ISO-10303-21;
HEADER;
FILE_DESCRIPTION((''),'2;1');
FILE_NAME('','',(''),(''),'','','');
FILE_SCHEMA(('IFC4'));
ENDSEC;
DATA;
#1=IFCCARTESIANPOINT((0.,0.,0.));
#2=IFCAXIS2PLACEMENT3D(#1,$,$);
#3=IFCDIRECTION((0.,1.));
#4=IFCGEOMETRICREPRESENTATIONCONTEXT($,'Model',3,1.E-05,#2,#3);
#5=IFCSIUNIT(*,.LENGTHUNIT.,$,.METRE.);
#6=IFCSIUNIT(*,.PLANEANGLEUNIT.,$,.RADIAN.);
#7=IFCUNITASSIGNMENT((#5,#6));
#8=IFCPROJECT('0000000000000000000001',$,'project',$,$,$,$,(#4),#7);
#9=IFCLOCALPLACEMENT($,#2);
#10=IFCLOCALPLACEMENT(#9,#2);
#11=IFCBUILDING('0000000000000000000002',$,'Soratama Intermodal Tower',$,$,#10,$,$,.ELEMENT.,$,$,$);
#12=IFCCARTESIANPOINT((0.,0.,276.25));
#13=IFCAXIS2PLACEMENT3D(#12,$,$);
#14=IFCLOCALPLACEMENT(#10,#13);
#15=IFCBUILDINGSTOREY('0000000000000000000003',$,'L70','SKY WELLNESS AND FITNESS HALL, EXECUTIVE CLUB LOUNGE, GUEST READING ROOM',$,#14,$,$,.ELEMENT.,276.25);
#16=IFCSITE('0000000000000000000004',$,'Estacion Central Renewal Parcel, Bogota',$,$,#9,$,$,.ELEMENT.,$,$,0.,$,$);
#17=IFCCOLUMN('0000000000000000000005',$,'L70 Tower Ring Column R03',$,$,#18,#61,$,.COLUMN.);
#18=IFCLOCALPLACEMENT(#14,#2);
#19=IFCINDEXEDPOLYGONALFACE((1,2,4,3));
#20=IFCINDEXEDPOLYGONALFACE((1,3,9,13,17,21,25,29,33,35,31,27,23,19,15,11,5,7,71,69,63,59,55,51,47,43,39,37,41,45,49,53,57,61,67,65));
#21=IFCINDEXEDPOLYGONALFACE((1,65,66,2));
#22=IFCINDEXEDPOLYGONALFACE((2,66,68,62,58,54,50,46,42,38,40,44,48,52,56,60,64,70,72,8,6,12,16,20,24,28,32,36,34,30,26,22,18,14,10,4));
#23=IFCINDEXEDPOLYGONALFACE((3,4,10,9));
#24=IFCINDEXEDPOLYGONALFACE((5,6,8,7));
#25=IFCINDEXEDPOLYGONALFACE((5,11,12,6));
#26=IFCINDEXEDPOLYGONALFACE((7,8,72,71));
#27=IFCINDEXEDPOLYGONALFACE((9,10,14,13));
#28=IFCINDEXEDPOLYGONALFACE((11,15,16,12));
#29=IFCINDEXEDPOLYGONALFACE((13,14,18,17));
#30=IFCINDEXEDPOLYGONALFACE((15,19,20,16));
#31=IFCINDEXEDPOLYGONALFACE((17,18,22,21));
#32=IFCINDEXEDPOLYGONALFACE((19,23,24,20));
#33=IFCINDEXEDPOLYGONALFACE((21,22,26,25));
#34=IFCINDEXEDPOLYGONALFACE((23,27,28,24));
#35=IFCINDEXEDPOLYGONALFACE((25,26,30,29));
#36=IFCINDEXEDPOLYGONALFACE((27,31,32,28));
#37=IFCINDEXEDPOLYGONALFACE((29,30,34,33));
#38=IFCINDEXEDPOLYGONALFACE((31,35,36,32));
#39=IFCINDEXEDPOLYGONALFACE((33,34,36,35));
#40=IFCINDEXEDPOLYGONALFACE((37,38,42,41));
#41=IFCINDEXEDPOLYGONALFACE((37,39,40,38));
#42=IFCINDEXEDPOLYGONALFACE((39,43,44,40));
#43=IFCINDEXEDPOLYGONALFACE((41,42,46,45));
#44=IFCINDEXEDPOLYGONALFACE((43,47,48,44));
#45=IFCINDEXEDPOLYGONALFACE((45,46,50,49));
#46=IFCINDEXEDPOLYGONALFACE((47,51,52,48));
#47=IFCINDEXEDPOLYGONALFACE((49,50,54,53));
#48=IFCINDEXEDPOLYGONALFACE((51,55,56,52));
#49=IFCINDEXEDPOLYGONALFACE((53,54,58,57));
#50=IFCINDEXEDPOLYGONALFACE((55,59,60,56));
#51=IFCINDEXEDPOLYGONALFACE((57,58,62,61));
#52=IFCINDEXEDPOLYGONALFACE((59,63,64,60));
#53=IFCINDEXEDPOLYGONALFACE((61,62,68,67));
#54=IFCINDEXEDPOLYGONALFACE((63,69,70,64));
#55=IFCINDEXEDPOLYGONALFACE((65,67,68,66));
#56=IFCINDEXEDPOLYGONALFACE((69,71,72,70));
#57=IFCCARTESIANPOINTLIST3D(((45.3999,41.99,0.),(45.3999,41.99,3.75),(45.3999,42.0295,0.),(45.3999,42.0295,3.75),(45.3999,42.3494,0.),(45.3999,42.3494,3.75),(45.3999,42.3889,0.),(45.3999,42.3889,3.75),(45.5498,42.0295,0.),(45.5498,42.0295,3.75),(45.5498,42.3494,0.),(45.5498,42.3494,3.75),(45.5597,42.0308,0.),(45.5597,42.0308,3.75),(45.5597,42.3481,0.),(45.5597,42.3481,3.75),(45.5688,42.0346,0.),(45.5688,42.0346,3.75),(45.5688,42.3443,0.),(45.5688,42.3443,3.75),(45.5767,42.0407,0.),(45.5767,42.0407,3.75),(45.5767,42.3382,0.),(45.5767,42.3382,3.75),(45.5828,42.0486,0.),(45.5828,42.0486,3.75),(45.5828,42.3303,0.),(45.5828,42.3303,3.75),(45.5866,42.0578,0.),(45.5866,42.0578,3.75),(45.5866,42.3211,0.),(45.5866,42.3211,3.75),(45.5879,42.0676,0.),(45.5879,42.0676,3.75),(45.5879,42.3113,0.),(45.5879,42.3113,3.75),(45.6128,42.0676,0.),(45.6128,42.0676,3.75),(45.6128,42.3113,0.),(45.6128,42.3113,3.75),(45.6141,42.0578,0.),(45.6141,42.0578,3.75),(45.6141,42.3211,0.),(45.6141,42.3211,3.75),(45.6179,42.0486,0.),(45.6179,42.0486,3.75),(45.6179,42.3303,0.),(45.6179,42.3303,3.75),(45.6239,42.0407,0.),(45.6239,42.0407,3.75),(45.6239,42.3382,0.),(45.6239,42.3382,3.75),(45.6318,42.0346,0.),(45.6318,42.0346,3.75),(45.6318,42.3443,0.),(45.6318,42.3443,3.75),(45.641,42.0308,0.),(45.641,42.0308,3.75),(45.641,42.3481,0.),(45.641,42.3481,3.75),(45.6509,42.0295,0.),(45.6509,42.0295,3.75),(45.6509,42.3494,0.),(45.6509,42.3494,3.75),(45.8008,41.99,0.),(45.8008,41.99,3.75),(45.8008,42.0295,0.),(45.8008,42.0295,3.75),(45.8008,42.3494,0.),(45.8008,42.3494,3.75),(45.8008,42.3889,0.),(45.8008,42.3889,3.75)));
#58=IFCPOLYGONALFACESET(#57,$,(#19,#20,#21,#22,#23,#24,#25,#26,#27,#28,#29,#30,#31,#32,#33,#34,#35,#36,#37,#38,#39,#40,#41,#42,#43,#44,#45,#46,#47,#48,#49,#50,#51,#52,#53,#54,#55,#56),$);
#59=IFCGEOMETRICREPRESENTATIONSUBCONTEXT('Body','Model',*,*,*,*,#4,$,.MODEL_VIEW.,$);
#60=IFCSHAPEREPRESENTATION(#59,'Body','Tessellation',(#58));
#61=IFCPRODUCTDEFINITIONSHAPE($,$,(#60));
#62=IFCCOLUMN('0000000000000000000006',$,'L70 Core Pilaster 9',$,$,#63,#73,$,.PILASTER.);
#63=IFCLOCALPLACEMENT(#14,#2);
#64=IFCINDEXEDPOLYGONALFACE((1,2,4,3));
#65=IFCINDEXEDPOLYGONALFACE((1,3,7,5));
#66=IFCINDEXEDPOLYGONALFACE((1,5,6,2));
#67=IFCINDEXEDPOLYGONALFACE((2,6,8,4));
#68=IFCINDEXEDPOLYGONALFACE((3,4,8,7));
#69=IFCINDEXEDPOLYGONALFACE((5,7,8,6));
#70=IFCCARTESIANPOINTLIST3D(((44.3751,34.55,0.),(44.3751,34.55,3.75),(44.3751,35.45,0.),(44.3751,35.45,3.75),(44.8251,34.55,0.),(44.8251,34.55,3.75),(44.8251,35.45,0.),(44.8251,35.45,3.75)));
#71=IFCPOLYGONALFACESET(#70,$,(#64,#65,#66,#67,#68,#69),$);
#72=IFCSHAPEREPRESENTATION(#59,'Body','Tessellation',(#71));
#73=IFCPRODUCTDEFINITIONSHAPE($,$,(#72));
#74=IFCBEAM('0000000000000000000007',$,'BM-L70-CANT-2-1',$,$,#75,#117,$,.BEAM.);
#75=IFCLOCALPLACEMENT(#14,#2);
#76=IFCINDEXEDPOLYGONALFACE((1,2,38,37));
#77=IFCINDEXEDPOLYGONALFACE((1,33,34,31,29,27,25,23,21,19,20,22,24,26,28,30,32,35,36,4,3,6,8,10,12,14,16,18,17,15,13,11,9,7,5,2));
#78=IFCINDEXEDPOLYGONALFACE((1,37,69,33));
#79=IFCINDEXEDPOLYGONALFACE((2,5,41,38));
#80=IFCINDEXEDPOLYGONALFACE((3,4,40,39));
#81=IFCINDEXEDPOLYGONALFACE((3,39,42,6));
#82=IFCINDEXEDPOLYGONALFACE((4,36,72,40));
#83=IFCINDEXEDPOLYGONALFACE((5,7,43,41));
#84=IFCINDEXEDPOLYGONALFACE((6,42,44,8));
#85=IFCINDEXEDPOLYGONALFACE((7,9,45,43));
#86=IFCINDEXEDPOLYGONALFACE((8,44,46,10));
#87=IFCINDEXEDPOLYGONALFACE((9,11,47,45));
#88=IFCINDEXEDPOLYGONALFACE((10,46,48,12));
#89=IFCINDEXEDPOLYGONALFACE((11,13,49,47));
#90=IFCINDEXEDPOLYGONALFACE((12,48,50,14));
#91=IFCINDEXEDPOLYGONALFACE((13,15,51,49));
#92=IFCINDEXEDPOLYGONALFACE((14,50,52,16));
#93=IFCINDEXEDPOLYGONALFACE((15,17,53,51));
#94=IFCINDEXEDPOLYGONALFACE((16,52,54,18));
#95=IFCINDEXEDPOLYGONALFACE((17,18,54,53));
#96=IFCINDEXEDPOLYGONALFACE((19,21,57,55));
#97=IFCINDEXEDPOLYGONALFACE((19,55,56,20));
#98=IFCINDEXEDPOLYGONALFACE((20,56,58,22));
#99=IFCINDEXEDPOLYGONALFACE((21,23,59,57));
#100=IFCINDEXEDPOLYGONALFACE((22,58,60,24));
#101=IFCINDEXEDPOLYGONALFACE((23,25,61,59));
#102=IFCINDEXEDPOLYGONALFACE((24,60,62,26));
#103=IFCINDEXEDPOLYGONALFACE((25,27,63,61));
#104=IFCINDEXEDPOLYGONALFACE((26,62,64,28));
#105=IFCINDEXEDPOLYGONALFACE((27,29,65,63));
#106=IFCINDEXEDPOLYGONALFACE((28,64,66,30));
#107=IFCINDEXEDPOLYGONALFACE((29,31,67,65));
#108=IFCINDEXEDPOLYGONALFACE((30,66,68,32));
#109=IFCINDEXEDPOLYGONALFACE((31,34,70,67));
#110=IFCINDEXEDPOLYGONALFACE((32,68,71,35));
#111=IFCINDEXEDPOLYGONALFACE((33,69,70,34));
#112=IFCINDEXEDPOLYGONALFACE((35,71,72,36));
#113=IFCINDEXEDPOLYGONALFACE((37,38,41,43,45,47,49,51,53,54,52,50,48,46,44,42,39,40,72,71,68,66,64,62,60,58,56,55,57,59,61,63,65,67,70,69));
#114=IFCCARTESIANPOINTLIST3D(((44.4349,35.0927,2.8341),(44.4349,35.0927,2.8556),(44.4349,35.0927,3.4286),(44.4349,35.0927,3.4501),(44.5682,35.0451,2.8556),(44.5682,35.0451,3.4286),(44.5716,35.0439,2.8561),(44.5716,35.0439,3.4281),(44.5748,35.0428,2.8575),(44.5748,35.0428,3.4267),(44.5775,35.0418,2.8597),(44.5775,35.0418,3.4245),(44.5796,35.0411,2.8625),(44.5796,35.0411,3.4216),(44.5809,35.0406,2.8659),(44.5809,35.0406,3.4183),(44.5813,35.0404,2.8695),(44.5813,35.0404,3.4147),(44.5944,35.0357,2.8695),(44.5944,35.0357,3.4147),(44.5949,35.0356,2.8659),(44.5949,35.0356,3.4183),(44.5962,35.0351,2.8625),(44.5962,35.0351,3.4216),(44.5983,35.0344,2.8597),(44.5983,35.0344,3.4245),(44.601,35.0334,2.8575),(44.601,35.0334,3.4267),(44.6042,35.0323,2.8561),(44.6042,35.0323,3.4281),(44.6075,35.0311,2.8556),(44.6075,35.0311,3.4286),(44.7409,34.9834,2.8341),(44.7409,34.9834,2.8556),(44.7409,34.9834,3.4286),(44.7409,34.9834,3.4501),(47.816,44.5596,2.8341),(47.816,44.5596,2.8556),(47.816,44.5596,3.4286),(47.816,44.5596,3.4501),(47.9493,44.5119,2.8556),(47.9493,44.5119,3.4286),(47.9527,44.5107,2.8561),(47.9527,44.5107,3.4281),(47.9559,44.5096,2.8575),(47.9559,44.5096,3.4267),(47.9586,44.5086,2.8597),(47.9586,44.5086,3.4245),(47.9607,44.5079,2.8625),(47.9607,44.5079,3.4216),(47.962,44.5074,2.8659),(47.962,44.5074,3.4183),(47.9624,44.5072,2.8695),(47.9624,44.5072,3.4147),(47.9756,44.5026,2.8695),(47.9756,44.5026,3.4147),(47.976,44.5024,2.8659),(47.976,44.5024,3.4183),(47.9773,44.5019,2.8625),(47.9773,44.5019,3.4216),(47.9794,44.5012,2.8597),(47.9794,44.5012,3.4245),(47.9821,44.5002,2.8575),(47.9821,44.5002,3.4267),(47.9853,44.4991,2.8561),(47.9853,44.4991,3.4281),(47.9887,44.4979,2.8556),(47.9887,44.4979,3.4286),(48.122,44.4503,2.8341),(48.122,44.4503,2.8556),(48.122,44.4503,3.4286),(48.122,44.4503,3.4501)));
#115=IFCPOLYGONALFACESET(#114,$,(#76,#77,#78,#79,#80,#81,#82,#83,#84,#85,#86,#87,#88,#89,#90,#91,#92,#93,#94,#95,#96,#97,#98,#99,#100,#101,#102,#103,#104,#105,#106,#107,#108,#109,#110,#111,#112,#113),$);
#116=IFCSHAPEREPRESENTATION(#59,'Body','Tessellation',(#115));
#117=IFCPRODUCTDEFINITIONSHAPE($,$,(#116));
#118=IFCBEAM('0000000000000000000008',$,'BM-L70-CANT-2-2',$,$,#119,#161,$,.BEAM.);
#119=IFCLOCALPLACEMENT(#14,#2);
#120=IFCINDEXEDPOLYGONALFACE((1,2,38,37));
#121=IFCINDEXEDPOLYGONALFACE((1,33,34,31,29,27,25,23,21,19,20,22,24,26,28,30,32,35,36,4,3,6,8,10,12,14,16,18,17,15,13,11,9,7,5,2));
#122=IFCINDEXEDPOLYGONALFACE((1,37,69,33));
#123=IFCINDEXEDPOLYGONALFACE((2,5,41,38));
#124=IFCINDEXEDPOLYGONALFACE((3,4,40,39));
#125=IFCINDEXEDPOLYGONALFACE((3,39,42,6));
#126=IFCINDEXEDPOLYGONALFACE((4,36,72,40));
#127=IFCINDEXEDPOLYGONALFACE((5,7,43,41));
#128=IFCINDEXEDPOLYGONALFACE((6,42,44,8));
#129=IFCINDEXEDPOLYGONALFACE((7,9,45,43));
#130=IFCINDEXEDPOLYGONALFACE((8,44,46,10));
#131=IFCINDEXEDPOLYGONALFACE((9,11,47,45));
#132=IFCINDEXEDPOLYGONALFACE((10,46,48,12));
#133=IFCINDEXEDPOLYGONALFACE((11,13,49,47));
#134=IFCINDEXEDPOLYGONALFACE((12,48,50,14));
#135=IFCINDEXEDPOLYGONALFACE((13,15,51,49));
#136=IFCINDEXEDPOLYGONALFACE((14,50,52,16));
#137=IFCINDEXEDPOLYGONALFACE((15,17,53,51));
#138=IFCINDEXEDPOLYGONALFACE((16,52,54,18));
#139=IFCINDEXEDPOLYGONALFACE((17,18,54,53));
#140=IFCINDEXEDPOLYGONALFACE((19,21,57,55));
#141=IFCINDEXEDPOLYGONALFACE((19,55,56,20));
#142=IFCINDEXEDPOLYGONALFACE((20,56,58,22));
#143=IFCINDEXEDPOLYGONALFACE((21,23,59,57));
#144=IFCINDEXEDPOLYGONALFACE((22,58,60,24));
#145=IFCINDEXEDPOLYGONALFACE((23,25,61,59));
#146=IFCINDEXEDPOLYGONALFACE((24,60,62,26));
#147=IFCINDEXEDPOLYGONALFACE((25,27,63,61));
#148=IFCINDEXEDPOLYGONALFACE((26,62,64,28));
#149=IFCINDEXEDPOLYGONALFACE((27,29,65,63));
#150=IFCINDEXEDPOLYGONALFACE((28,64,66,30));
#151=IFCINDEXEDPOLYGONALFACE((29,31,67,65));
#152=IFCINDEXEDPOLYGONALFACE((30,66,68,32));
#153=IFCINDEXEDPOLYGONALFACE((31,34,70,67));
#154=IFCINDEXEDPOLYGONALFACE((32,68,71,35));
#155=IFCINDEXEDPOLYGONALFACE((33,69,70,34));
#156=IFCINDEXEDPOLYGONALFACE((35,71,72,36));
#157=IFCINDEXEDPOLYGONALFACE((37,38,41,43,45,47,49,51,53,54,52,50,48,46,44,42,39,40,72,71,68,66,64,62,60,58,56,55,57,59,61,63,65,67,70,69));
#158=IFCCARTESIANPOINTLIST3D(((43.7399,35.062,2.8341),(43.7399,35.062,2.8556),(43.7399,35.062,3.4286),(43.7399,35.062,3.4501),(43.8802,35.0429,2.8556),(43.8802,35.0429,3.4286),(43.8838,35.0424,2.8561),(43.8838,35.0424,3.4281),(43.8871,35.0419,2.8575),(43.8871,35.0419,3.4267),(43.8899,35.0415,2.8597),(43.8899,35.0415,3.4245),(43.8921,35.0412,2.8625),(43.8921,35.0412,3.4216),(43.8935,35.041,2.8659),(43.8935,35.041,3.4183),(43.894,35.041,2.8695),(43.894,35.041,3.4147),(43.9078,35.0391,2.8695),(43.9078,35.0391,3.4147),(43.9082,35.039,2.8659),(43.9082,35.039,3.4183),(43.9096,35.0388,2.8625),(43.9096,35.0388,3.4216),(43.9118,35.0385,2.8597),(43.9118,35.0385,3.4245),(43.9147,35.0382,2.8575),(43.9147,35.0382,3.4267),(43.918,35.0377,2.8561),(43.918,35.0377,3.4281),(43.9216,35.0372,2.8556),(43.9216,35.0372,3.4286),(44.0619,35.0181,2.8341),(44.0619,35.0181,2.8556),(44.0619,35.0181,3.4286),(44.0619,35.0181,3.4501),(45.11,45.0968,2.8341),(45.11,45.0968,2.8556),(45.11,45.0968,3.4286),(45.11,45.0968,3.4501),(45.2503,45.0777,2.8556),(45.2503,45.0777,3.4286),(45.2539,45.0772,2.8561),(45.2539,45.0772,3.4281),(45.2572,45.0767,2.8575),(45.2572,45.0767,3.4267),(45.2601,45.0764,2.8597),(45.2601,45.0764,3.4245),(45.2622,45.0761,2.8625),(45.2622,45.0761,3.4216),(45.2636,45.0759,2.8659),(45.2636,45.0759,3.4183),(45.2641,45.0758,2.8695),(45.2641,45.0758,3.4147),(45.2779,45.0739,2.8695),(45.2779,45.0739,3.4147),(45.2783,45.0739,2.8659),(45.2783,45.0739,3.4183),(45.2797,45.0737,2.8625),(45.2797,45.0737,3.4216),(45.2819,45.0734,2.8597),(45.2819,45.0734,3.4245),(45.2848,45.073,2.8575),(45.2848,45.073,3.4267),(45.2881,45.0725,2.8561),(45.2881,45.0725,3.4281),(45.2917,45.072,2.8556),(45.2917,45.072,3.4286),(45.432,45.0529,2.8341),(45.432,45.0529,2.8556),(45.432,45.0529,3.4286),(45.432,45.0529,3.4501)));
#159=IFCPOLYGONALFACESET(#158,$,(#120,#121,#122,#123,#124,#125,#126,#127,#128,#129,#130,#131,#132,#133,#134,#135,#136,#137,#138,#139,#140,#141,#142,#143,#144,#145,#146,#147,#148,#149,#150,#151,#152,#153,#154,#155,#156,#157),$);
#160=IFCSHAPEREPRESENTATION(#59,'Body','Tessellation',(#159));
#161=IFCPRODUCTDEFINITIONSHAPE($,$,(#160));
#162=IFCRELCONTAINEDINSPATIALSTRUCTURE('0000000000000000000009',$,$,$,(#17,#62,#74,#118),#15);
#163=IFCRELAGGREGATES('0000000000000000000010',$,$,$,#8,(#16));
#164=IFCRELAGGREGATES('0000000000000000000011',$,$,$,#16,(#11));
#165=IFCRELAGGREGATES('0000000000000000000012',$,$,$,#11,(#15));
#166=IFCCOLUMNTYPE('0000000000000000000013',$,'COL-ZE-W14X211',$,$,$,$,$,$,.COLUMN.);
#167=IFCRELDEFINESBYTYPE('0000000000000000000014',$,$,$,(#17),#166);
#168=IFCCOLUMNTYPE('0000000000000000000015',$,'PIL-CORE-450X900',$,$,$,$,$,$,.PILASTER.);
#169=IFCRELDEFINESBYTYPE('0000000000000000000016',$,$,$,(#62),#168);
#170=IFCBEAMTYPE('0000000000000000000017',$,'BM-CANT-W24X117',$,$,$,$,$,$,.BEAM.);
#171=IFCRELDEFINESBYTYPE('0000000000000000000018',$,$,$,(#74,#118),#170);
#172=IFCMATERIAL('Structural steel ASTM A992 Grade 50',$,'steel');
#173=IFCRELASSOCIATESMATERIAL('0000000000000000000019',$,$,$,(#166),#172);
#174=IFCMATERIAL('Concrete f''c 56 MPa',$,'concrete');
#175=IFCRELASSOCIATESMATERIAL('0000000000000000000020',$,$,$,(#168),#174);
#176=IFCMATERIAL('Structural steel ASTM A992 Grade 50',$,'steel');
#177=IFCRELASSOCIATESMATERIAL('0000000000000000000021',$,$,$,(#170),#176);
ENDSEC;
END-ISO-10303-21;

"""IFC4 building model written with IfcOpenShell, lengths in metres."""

from ifc_helpers import new_model, si_unit, direction, frame, origin, origin_2d, place, context, subcontext, project, spatial, rectangle, i_section, extrude, material, material_profile, profile_set, type_object, element, save


model = new_model("IFC4")

# Units and contexts
model_context = context("Model", 3, precision=1e-05, world=origin(), true_north=direction((0.0, 1.0)))
body_context = subcontext(model_context, "Body", "Model", "MODEL_VIEW")
ifc_project = project(units=[si_unit("LENGTHUNIT", "METRE"), si_unit("PLANEANGLEUNIT", "RADIAN")], contexts=[model_context])

# Site, building, storey
site_placement = place(None, origin())
site = spatial("IfcSite", under=ifc_project, at=site_placement, Name="Estacion Central Renewal Parcel, Bogota", CompositionType="ELEMENT", RefElevation=0.0)
building_placement = place(site_placement, origin())
building = spatial("IfcBuilding", under=site, at=building_placement, Name="Soratama Intermodal Tower", CompositionType="ELEMENT")
storey_placement = place(building_placement, frame((0.0, 0.0, 276.25)))
storey = spatial("IfcBuildingStorey", under=building, at=storey_placement, Name="L70", Description="SKY WELLNESS AND FITNESS HALL, EXECUTIVE CLUB LOUNGE, GUEST READING ROOM", CompositionType="ELEMENT", Elevation=276.25)

# Columns
ifc_material_1 = material(Name="Structural steel ASTM A992 Grade 50", Category="steel")
ifc_material_profile_1 = material_profile(ifc_material_1, i_section(OverallWidth=0.4009, OverallDepth=0.3989, WebThickness=0.0249, FlangeThickness=0.0396, FilletRadius=0.0381, at=origin_2d()), Name="W14X211")
ifc_profile_set_1 = profile_set([ifc_material_profile_1], Name="Structural steel ASTM A992 Grade 50")
column_type_1 = type_object("IfcColumnType", Name="COL-ZE-W14X211", PredefinedType="COLUMN", material=ifc_profile_set_1)
column_1_placement = place(storey_placement, frame((45.6003, 42.1895, 0.0), z_axis=(0.0, 0.0, 1.0), x_axis=(1.0, 0.0, 0.0)))
element("IfcColumn", 1, at=column_1_placement, inside=storey, type_object=column_type_1, Name="L70 Tower Ring Column R03", PredefinedType="COLUMN", context=body_context, shape_type="SweptSolid", body=[
    extrude(i_section(OverallWidth=0.4009, OverallDepth=0.3989, WebThickness=0.0249, FlangeThickness=0.0396, FilletRadius=0.0381, at=origin_2d()), origin(), (0.0, 0.0, 1.0), 3.75),
])
ifc_material_2 = material(Name="Concrete f'c 56 MPa", Category="concrete")
ifc_material_profile_2 = material_profile(ifc_material_2, rectangle(XDim=0.45, YDim=0.8999, at=origin_2d()), Name="RC450X900")
ifc_profile_set_2 = profile_set([ifc_material_profile_2], Name="Concrete f'c 56 MPa")
column_type_2 = type_object("IfcColumnType", Name="PIL-CORE-450X900", PredefinedType="PILASTER", material=ifc_profile_set_2)
column_2_placement = place(storey_placement, frame((44.6001, 35.0, 0.0), z_axis=(0.0, 0.0, 1.0), x_axis=(1.0, 0.0, 0.0)))
element("IfcColumn", 2, at=column_2_placement, inside=storey, type_object=column_type_2, Name="L70 Core Pilaster 9", PredefinedType="PILASTER", context=body_context, shape_type="SweptSolid", body=[
    extrude(rectangle(XDim=0.45, YDim=0.8999, at=origin_2d()), origin(), (0.0, 0.0, 1.0), 3.75),
])

# Beams
ifc_material_3 = material(Name="Structural steel ASTM A992 Grade 50", Category="steel")
ifc_material_profile_3 = material_profile(ifc_material_3, i_section(OverallWidth=0.325, OverallDepth=0.616, WebThickness=0.0139, FlangeThickness=0.0215, FilletRadius=0.0139, at=origin_2d()), Name="W24X117")
ifc_profile_set_3 = profile_set([ifc_material_profile_3], Name="Structural steel ASTM A992 Grade 50")
beam_type_1 = type_object("IfcBeamType", Name="BM-CANT-W24X117", PredefinedType="BEAM", material=ifc_profile_set_3)
beam_1_placement = place(storey_placement, frame((44.5879, 35.0381, 3.1421), z_axis=(0.336346, 0.941739, 0.0), x_axis=(-0.941739, 0.336346, 0.0)))
element("IfcBeam", 3, at=beam_1_placement, inside=storey, type_object=beam_type_1, Name="BM-L70-CANT-2-1", PredefinedType="BEAM", context=body_context, shape_type="SweptSolid", body=[
    extrude(i_section(OverallWidth=0.325, OverallDepth=0.616, WebThickness=0.0139, FlangeThickness=0.0215, FilletRadius=0.0139, at=origin_2d()), origin(), (0.0, 0.0, 1.0), 10.0525),
])
beam_2_placement = place(storey_placement, frame((43.9009, 35.04, 3.1421), z_axis=(0.13528, 0.990807, 0.0), x_axis=(-0.990807, 0.13528, 0.0)))
element("IfcBeam", 4, at=beam_2_placement, inside=storey, type_object=beam_type_1, Name="BM-L70-CANT-2-2", PredefinedType="BEAM", context=body_context, shape_type="SweptSolid", body=[
    extrude(i_section(OverallWidth=0.325, OverallDepth=0.616, WebThickness=0.0139, FlangeThickness=0.0215, FilletRadius=0.0139, at=origin_2d()), origin(), (0.0, 0.0, 1.0), 10.1279),
])

save(model, "model.ifc")
